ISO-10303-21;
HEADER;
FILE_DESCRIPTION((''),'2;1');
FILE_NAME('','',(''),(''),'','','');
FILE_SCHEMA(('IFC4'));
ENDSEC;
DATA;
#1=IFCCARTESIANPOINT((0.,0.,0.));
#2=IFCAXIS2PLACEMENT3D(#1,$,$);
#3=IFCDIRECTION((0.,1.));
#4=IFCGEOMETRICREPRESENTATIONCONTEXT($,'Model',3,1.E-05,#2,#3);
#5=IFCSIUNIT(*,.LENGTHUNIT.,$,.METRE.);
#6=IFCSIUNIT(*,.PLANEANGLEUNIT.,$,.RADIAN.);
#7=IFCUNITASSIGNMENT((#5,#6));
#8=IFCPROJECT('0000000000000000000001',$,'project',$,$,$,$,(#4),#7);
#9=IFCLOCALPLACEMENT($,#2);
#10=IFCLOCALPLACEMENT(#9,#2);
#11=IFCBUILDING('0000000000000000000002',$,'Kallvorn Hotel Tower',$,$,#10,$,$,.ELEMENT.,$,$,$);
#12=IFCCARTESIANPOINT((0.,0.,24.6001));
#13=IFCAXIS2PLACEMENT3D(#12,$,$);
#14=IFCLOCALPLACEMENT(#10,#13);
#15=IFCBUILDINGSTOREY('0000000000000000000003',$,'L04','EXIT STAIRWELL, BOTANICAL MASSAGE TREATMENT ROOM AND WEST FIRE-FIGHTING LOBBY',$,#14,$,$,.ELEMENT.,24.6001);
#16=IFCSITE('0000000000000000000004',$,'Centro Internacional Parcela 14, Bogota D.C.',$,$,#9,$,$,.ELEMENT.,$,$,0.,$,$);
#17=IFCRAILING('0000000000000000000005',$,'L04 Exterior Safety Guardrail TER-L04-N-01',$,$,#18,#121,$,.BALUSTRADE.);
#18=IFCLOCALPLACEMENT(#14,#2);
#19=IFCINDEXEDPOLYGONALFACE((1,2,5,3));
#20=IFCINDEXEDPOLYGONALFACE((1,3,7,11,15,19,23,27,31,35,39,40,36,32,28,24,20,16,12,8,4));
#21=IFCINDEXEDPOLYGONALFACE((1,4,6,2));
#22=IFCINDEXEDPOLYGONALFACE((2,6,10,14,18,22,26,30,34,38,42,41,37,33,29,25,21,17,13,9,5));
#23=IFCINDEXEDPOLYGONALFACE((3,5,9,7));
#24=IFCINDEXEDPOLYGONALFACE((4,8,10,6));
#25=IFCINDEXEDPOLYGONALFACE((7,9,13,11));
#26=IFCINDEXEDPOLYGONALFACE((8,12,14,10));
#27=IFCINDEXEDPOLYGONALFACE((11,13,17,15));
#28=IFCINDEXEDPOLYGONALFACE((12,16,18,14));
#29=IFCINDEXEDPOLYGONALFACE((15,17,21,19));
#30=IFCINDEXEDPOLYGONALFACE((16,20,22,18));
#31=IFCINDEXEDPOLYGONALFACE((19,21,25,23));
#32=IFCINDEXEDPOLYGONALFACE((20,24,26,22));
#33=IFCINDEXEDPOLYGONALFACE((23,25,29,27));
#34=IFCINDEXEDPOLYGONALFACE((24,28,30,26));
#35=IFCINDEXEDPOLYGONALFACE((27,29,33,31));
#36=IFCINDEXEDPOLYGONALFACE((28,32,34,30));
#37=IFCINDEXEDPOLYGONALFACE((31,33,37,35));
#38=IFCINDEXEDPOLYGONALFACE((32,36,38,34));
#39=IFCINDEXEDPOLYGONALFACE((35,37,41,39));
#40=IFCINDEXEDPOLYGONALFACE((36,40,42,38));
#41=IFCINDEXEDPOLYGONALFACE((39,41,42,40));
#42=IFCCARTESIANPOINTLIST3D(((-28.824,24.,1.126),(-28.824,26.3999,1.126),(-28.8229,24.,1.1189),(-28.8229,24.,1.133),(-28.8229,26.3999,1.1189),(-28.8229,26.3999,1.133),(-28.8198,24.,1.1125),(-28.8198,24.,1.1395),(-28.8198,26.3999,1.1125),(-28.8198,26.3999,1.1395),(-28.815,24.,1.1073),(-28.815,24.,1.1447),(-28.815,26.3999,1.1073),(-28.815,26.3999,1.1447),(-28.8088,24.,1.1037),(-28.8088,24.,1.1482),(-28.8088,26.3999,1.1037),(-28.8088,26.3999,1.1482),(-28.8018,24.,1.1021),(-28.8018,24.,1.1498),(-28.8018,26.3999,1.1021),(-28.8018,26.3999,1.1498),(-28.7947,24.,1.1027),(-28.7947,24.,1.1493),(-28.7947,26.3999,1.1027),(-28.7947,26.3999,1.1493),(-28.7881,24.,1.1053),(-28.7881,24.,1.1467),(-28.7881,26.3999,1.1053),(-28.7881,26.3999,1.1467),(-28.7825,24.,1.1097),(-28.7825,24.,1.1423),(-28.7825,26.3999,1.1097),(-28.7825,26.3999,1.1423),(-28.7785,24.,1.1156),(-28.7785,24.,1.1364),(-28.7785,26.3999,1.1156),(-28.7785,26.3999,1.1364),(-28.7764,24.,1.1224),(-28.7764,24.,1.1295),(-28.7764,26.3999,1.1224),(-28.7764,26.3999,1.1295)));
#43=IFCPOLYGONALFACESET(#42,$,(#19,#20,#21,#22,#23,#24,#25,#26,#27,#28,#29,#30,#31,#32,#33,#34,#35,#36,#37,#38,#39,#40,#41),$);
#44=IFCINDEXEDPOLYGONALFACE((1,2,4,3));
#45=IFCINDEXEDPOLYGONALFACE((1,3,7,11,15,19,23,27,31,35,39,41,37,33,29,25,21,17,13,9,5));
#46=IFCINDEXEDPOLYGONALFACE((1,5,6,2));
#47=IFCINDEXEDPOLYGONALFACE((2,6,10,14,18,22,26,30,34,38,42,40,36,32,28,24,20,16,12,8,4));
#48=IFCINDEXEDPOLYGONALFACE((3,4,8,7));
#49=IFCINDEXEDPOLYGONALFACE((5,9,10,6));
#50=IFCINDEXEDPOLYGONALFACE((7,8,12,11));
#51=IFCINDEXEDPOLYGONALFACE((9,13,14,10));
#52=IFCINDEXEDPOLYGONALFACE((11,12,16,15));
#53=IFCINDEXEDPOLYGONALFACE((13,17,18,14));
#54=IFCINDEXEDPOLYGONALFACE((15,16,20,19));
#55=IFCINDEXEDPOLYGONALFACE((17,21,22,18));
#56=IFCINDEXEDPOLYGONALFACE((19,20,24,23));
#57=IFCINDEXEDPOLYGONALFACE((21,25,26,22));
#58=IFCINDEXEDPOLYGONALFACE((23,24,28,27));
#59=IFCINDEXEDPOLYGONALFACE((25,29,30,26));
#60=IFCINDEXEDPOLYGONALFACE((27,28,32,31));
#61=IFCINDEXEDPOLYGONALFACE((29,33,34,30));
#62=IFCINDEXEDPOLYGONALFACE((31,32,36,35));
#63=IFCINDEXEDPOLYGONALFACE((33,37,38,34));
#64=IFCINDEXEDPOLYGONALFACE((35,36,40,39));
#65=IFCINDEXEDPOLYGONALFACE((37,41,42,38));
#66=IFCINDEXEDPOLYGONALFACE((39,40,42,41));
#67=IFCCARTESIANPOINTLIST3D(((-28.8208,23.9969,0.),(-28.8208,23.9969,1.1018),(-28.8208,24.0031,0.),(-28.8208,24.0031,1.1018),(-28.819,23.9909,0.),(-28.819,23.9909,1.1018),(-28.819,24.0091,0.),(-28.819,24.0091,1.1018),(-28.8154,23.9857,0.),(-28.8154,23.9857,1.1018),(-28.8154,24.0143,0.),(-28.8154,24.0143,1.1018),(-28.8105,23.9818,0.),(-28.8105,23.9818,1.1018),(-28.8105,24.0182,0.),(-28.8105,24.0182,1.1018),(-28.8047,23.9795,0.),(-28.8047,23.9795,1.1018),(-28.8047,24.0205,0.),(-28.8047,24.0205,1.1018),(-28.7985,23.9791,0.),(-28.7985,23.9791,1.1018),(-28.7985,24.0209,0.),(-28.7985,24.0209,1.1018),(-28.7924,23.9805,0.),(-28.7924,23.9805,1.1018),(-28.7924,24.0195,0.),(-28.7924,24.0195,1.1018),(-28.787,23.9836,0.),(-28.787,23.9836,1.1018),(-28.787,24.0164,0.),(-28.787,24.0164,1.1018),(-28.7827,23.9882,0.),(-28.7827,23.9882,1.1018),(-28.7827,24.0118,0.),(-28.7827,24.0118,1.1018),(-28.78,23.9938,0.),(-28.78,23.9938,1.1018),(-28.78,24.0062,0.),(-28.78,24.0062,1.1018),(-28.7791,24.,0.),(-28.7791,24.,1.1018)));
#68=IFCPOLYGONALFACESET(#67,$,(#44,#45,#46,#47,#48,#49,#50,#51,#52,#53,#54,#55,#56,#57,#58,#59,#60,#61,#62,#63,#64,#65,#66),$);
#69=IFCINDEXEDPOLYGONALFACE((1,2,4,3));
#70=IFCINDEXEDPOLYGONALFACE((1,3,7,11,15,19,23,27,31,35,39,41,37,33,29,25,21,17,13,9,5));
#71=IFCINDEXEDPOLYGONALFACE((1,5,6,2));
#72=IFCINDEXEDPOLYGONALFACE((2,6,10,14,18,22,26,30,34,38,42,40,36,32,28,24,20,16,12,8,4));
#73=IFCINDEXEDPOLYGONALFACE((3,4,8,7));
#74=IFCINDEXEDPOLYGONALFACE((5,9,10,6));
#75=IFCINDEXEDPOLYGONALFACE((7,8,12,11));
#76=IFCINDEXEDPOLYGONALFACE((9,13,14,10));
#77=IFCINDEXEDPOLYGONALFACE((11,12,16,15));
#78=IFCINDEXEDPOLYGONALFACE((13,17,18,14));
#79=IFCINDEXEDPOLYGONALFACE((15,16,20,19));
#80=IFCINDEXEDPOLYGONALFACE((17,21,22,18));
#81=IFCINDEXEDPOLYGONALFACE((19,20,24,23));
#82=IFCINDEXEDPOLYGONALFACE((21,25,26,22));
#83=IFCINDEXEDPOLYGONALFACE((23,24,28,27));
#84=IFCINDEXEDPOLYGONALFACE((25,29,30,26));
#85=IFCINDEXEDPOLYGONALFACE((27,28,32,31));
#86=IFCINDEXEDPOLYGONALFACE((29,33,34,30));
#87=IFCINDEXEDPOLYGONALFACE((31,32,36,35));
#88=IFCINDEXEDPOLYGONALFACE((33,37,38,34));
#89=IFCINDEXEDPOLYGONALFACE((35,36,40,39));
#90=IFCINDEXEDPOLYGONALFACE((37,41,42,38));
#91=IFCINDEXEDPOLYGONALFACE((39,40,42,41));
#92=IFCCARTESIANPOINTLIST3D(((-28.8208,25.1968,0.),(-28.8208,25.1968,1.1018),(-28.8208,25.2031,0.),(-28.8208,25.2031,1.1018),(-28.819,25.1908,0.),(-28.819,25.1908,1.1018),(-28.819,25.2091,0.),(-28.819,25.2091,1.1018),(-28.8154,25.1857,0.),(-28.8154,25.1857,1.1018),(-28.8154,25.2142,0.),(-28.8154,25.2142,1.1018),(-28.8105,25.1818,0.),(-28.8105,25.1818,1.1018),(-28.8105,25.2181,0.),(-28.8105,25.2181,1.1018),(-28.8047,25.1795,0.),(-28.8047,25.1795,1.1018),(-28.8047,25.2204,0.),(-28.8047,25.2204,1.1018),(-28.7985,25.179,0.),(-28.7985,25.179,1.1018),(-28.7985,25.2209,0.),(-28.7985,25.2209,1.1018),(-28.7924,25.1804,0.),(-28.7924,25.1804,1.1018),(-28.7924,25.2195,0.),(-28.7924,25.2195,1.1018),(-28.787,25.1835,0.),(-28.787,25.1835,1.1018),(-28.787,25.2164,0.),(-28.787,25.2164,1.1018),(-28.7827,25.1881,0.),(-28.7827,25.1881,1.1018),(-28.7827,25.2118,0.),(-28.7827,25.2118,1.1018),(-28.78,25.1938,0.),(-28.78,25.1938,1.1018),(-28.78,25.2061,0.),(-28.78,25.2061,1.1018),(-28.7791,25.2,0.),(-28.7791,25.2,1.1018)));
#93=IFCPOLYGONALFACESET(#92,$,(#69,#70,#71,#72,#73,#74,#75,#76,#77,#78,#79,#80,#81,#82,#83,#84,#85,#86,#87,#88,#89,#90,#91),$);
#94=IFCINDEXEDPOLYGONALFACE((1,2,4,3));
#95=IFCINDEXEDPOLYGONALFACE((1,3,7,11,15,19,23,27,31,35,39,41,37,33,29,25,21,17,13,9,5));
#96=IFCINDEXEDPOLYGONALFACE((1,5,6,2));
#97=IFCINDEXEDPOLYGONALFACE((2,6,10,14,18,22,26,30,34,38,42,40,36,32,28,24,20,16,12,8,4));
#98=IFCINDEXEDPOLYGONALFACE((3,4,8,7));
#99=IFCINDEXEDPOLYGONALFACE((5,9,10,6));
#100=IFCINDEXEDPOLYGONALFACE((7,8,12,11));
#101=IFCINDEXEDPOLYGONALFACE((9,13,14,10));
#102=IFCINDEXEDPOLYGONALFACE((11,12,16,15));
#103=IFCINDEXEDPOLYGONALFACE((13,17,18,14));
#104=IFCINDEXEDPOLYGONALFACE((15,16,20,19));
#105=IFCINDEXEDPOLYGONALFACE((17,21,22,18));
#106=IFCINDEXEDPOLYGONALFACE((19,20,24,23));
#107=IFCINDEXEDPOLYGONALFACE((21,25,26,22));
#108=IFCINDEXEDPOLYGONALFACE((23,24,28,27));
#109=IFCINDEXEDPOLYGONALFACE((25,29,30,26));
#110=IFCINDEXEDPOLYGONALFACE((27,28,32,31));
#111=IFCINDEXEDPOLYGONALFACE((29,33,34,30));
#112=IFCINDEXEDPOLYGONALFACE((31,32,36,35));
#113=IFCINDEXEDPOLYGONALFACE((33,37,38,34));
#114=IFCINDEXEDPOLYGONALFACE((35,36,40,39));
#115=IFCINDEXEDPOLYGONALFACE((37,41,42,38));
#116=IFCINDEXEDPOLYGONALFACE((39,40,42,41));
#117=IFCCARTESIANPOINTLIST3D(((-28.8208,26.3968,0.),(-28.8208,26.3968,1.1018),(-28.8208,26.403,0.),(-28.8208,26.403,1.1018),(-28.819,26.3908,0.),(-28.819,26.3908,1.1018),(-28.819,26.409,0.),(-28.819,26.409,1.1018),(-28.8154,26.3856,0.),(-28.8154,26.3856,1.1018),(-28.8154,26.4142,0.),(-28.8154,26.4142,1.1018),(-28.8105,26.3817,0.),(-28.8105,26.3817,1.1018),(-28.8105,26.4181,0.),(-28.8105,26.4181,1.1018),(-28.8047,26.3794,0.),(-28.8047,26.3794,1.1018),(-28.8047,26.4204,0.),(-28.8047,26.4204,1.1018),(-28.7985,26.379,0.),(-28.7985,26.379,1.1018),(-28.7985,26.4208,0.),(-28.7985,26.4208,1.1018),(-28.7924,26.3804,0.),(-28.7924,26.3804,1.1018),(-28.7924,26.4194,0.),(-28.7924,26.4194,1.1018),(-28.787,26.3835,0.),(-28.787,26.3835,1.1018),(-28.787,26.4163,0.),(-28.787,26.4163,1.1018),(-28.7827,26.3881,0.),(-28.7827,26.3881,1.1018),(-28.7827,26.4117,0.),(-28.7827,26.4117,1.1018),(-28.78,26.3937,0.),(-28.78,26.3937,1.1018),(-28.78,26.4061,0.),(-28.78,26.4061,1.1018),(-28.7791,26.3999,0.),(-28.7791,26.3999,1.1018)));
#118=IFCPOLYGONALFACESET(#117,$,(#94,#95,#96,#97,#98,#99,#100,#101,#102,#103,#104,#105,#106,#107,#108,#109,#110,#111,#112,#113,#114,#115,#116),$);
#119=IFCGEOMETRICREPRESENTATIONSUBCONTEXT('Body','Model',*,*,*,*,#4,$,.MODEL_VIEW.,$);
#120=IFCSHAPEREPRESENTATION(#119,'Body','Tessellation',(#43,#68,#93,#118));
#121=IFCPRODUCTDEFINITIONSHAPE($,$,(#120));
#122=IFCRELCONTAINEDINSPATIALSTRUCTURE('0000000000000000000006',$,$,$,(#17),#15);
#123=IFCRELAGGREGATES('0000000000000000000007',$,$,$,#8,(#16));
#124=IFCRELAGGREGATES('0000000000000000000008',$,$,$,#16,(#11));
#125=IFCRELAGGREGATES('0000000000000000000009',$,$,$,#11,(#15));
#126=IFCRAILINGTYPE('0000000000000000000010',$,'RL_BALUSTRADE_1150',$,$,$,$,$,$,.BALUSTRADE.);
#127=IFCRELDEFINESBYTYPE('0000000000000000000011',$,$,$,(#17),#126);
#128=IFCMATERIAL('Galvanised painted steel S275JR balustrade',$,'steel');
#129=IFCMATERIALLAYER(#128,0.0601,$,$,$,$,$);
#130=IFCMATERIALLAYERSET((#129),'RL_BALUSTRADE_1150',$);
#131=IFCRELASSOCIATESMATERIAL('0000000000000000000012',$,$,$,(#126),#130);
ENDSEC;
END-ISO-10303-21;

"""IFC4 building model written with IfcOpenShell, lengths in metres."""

from ifc_helpers import new_model, si_unit, direction, frame, origin, origin_2d, place, context, subcontext, project, spatial, circle, extrude, material, layer, layer_set, type_object, element, save


model = new_model("IFC4")

# Units and contexts
model_context = context("Model", 3, precision=1e-05, world=origin(), true_north=direction((0.0, 1.0)))
body_context = subcontext(model_context, "Body", "Model", "MODEL_VIEW")
ifc_project = project(units=[si_unit("LENGTHUNIT", "METRE"), si_unit("PLANEANGLEUNIT", "RADIAN")], contexts=[model_context])

# Site, building, storey
site_placement = place(None, origin())
site = spatial("IfcSite", under=ifc_project, at=site_placement, Name="Centro Internacional Parcela 14, Bogota D.C.", CompositionType="ELEMENT", RefElevation=0.0)
building_placement = place(site_placement, origin())
building = spatial("IfcBuilding", under=site, at=building_placement, Name="Kallvorn Hotel Tower", CompositionType="ELEMENT")
storey_placement = place(building_placement, frame((0.0, 0.0, 24.6001)))
storey = spatial("IfcBuildingStorey", under=building, at=storey_placement, Name="L04", Description="EXIT STAIRWELL, BOTANICAL MASSAGE TREATMENT ROOM AND WEST FIRE-FIGHTING LOBBY", CompositionType="ELEMENT", Elevation=24.6001)

# Railing
ifc_material_1 = material(Name="Galvanised painted steel S275JR balustrade", Category="steel")
ifc_layer_1 = layer(ifc_material_1, 0.0601)
ifc_layer_set_1 = layer_set([ifc_layer_1], Name="RL_BALUSTRADE_1150")
railing_type = type_object("IfcRailingType", Name="RL_BALUSTRADE_1150", PredefinedType="BALUSTRADE", material=ifc_layer_set_1)
railing_1_placement = place(storey_placement, frame((-28.8, 24.0, 0.0)))
element("IfcRailing", 1, at=railing_1_placement, inside=storey, type_object=railing_type, Name="L04 Exterior Safety Guardrail TER-L04-N-01", PredefinedType="BALUSTRADE", context=body_context, shape_type="SweptSolid", body=[
    extrude(circle(Radius=0.0239, at=origin_2d()), frame((0.0, 0.0, 1.126), z_axis=(0.0, 1.0, 0.0), x_axis=(-1.0, 0.0, 0.0)), (0.0, 0.0, 1.0), 2.3999),
    extrude(circle(Radius=0.021, at=origin_2d()), origin(), (0.0, 0.0, 1.0), 1.1018),
    extrude(circle(Radius=0.021, at=origin_2d()), frame((0.0, 1.2, 0.0)), (0.0, 0.0, 1.0), 1.1018),
    extrude(circle(Radius=0.021, at=origin_2d()), frame((0.0, 2.3999, 0.0)), (0.0, 0.0, 1.0), 1.1018),
])

save(model, "model.ifc")
